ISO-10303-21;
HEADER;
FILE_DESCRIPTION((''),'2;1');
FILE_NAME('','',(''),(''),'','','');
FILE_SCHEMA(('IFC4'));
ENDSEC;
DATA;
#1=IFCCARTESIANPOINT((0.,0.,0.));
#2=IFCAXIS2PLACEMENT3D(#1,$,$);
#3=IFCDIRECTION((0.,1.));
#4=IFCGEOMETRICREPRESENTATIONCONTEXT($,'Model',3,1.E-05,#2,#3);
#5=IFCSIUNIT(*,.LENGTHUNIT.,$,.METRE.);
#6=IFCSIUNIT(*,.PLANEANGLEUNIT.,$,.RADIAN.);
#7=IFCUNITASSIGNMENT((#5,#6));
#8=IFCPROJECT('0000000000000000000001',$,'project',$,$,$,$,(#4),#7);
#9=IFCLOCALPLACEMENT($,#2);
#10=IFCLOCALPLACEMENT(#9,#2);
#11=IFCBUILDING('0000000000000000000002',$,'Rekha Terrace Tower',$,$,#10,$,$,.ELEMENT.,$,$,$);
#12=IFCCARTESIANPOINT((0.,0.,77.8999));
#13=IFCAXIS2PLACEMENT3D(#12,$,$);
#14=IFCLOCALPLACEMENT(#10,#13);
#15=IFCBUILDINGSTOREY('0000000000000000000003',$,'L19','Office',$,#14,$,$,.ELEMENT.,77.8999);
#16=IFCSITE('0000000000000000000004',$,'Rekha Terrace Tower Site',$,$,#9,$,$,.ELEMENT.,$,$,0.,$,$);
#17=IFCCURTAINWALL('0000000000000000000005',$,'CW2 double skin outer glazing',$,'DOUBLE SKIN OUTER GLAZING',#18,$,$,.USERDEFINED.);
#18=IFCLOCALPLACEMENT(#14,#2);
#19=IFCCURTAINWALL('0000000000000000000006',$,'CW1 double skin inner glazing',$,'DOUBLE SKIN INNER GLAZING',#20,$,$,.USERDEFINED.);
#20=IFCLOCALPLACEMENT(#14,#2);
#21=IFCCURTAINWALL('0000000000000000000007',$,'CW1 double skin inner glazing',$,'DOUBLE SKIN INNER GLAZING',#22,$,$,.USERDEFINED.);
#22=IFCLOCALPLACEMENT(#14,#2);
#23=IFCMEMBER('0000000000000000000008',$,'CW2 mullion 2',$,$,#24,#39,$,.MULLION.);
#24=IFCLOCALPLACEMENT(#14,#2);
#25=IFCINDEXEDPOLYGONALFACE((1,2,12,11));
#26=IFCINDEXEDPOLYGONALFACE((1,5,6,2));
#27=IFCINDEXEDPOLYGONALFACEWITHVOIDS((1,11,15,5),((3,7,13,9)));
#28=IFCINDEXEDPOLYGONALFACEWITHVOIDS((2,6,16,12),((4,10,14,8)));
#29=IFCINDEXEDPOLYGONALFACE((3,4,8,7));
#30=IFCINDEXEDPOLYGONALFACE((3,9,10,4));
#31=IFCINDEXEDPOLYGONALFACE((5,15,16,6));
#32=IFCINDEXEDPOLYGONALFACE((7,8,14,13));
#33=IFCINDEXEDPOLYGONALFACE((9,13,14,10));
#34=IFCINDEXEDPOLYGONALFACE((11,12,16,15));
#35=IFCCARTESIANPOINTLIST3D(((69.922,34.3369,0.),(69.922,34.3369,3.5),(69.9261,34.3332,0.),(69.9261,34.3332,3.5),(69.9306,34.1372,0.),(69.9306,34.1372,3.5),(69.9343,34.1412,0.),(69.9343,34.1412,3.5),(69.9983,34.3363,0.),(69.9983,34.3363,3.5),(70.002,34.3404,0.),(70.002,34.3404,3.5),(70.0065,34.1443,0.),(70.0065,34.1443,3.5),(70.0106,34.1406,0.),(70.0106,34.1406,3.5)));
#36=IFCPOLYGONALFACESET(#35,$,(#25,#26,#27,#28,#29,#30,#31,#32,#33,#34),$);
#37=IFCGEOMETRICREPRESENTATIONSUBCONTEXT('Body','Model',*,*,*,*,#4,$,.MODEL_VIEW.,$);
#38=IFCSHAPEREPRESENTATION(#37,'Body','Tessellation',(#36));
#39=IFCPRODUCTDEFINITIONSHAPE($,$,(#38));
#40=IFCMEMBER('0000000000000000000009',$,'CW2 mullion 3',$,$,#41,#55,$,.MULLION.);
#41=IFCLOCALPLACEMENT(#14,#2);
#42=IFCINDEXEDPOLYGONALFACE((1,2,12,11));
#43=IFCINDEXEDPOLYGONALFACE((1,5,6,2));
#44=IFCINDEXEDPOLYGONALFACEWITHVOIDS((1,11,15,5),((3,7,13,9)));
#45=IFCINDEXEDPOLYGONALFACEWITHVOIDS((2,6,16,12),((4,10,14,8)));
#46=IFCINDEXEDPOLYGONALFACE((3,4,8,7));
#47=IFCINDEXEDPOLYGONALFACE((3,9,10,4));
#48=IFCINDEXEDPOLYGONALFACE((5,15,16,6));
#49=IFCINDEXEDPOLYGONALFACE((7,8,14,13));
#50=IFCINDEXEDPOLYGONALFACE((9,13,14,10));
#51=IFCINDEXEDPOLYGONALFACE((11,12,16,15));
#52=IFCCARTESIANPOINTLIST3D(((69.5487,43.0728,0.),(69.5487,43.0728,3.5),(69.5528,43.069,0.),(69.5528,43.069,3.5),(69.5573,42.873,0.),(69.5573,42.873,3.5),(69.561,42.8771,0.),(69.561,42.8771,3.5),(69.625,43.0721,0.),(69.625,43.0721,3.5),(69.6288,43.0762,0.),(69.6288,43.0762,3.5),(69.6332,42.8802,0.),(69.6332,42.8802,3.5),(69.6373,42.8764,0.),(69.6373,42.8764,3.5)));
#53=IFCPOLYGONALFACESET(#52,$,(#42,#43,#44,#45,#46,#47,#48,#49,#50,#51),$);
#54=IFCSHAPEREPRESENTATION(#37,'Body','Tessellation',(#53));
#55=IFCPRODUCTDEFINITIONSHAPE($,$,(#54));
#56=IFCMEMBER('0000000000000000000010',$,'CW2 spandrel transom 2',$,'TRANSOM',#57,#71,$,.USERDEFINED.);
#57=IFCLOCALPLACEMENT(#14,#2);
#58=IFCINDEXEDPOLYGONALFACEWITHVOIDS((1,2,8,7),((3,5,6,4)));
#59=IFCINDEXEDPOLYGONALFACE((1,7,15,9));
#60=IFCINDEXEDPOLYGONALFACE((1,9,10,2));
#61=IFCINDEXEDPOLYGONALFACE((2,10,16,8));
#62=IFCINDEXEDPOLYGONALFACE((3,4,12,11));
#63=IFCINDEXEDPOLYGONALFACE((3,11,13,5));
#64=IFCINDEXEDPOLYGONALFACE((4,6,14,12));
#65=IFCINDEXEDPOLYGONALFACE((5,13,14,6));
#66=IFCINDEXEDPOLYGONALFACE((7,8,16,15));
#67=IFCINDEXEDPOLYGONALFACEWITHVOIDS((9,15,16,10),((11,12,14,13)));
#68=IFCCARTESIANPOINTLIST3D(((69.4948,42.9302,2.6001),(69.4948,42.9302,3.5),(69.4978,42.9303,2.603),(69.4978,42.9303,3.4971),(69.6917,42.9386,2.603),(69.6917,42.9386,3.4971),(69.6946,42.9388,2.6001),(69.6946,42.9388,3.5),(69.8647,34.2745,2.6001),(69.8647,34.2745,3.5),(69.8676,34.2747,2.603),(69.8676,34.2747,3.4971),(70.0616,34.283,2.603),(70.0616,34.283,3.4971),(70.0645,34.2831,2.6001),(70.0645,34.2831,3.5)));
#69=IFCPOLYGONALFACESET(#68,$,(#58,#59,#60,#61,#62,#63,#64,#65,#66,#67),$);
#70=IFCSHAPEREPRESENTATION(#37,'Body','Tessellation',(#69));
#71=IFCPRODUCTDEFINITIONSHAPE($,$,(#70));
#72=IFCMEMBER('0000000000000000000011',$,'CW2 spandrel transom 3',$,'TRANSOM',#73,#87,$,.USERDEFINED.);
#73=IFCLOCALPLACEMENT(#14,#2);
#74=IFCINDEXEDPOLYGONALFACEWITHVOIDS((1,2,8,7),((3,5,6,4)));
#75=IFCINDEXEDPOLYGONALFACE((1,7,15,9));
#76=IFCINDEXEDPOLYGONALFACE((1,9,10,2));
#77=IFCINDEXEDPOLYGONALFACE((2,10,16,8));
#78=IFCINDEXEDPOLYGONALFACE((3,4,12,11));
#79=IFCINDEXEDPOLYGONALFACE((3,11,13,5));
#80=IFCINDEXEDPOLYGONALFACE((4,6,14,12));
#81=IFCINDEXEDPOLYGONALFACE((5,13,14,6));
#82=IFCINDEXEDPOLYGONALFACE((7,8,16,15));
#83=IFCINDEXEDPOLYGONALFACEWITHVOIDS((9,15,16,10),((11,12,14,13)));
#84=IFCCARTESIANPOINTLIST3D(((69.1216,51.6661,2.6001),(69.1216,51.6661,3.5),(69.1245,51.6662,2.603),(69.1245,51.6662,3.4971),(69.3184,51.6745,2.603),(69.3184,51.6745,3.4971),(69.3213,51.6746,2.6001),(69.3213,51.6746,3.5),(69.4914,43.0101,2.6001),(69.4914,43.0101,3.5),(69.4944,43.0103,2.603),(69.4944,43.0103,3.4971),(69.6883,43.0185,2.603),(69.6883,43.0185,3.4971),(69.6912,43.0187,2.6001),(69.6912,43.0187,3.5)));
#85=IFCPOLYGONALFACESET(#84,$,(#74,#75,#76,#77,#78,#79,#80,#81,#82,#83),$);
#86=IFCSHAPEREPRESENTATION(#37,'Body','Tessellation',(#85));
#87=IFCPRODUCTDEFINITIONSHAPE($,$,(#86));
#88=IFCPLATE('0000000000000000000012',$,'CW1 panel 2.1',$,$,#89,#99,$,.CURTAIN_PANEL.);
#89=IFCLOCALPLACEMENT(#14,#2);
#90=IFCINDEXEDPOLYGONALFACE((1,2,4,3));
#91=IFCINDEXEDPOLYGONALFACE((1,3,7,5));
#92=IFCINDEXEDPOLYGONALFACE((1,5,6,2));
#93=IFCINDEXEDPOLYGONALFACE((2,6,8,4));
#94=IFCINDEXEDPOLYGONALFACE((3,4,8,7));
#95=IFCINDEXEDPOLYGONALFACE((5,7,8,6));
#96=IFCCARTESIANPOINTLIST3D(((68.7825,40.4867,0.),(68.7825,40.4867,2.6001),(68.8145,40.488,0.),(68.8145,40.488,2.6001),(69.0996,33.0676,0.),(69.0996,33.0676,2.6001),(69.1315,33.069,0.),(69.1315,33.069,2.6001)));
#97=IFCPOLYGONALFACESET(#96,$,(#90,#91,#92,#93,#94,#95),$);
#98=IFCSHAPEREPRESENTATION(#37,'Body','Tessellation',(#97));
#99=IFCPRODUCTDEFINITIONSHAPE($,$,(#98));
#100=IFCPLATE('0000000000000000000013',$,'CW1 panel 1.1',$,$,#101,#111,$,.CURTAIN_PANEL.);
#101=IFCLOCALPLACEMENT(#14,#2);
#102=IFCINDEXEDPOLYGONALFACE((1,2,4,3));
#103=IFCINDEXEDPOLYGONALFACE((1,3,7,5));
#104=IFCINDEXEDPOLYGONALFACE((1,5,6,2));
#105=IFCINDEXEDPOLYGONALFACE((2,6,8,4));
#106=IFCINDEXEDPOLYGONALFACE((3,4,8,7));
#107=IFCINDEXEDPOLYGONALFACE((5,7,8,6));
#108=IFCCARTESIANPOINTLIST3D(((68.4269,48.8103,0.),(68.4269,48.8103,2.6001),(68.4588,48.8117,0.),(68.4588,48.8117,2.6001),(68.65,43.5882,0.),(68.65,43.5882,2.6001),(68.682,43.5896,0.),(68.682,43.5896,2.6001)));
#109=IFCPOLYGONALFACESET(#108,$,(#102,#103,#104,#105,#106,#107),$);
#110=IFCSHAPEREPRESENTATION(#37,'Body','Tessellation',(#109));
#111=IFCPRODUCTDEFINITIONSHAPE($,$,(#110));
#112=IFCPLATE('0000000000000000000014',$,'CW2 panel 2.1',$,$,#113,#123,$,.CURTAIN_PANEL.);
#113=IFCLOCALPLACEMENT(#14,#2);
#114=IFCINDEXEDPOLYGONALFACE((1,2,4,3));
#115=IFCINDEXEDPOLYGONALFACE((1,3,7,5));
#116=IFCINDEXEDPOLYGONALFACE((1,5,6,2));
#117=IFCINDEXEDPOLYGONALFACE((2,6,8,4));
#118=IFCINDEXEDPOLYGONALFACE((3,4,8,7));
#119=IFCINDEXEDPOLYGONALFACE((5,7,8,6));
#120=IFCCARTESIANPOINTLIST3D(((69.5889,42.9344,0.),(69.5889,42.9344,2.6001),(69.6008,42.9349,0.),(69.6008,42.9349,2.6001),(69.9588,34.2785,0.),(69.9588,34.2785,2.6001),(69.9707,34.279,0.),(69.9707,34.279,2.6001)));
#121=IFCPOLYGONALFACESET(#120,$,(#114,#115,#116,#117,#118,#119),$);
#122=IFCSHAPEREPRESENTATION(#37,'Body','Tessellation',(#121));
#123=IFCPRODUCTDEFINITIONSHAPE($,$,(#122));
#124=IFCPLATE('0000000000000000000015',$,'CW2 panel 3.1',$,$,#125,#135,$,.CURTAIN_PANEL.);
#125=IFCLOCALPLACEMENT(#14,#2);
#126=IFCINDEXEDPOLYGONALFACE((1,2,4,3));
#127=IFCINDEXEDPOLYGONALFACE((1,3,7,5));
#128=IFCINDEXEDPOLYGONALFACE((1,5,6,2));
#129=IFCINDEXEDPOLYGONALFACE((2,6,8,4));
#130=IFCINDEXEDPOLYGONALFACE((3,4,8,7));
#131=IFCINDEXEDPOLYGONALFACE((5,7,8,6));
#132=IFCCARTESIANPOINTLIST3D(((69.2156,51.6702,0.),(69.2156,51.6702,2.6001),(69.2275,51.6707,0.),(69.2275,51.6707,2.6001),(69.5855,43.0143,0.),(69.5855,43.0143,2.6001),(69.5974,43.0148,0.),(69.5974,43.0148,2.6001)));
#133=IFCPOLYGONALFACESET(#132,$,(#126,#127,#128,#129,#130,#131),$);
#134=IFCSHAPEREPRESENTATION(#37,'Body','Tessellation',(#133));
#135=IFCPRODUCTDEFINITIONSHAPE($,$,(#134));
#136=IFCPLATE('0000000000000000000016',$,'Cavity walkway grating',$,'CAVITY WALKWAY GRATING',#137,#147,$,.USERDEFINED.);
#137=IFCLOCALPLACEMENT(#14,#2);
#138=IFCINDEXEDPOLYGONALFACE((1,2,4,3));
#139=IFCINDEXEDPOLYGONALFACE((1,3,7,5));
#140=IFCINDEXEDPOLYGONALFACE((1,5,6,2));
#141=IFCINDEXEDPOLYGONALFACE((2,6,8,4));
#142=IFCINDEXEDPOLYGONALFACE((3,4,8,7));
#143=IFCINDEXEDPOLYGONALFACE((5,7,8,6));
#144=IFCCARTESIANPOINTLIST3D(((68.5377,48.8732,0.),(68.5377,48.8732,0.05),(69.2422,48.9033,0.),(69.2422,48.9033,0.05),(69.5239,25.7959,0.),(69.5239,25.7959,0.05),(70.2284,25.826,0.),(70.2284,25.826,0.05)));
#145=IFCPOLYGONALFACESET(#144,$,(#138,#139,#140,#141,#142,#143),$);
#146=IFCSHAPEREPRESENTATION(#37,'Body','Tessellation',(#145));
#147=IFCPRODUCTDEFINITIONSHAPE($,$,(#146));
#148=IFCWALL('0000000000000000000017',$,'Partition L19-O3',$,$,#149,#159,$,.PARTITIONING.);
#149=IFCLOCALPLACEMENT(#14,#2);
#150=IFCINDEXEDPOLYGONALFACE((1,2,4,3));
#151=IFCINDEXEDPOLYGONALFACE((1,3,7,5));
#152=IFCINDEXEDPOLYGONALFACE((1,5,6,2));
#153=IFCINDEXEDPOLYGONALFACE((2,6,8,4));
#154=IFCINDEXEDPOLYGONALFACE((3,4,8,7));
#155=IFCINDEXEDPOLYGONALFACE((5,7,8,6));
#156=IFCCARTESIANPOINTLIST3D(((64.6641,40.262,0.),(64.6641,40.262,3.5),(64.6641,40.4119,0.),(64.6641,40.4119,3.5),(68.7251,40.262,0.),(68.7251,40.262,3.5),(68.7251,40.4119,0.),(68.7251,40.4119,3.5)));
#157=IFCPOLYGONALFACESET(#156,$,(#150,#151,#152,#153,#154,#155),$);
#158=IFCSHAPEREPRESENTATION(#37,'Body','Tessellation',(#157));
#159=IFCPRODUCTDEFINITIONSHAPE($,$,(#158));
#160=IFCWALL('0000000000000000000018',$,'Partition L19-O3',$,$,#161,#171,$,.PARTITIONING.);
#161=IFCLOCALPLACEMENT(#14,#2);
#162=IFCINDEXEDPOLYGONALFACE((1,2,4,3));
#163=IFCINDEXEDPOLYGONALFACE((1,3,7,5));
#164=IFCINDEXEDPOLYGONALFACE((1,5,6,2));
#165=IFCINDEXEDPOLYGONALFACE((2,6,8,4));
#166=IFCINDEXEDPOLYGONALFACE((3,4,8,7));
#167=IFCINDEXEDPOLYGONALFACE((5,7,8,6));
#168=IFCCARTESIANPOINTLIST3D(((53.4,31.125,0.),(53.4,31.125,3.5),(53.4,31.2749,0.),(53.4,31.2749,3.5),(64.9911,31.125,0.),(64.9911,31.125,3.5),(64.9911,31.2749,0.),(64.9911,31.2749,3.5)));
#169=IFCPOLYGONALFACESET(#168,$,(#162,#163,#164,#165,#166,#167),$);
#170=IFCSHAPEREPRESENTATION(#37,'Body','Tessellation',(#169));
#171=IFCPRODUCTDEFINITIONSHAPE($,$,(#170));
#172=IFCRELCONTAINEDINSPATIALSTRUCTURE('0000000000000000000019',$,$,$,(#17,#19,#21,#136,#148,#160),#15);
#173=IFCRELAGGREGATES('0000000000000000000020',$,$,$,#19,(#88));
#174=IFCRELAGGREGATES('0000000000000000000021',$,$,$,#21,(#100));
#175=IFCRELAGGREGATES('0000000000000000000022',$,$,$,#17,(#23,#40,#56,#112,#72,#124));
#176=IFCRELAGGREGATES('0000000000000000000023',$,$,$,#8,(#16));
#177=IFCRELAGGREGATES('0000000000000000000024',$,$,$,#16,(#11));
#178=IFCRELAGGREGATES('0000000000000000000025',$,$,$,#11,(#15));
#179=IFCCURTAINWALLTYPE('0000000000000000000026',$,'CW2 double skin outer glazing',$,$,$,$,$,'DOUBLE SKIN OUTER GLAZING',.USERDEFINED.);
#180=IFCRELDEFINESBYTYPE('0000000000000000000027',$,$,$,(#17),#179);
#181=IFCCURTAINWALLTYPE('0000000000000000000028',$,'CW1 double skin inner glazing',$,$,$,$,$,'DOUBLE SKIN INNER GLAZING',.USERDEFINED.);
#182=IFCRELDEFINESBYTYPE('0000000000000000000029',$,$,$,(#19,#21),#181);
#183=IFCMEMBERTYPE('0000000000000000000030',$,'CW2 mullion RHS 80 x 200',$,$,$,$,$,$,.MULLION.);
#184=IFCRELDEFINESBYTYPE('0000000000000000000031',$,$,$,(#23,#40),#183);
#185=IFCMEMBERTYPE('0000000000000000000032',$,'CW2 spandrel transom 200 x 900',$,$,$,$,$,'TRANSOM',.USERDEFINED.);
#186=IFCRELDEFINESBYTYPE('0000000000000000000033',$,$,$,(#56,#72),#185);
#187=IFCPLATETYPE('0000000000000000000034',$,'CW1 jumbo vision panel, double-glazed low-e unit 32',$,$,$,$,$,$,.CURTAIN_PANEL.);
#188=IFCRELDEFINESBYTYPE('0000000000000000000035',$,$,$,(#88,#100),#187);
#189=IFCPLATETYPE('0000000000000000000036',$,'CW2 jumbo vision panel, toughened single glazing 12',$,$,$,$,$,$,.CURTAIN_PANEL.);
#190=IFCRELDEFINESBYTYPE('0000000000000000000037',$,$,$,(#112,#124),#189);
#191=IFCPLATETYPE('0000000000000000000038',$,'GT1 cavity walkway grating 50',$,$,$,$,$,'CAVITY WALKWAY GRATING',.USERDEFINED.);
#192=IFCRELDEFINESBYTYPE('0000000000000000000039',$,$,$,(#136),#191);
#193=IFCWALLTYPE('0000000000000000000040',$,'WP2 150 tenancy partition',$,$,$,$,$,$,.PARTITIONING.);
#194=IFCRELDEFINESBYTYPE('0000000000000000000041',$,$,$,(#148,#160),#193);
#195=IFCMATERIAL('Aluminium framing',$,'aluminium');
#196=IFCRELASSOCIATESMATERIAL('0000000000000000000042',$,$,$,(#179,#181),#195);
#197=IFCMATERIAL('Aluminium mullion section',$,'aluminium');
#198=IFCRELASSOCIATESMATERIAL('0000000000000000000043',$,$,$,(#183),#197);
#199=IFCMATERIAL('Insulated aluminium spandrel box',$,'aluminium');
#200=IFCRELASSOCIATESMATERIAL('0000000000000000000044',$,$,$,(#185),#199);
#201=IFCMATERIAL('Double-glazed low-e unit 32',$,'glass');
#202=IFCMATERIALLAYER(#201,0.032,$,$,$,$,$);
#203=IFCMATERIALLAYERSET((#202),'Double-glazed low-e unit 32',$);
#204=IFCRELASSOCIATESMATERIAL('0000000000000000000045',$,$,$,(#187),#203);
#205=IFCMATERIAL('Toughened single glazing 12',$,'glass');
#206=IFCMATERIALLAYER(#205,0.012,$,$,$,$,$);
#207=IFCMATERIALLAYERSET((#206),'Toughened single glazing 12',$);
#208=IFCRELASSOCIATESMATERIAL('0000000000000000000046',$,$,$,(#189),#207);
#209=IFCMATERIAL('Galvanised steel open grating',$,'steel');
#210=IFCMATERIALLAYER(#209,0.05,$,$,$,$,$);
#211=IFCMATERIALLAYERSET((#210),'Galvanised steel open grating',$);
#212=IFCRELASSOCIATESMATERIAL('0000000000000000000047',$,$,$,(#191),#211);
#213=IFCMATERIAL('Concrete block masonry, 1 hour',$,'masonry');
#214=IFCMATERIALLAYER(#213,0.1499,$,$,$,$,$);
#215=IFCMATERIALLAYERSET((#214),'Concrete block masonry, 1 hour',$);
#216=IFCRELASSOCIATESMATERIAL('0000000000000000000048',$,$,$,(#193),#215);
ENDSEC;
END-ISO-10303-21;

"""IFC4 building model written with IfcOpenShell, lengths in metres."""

from ifc_helpers import new_model, si_unit, direction, frame, frame_2d, origin, origin_2d, place, context, subcontext, project, spatial, rectangle, hollow_rectangle, extrude, material, layer, layer_set, material_profile, profile_set, type_object, element, aggregate, save


model = new_model("IFC4")

# Units and contexts
model_context = context("Model", 3, precision=1e-05, world=origin(), true_north=direction((0.0, 1.0)))
body_context = subcontext(model_context, "Body", "Model", "MODEL_VIEW")
ifc_project = project(units=[si_unit("LENGTHUNIT", "METRE"), si_unit("PLANEANGLEUNIT", "RADIAN")], contexts=[model_context])

# Site, building, storey
site_placement = place(None, origin())
site = spatial("IfcSite", under=ifc_project, at=site_placement, Name="Rekha Terrace Tower Site", CompositionType="ELEMENT", RefElevation=0.0)
building_placement = place(site_placement, origin())
building = spatial("IfcBuilding", under=site, at=building_placement, Name="Rekha Terrace Tower", CompositionType="ELEMENT")
storey_placement = place(building_placement, frame((0.0, 0.0, 77.8999)))
storey = spatial("IfcBuildingStorey", under=building, at=storey_placement, Name="L19", Description="Office", CompositionType="ELEMENT", Elevation=77.8999)

# Curtain walls
ifc_material_1 = material(Name="Aluminium framing", Category="aluminium")
curtain_wall_type_1 = type_object("IfcCurtainWallType", Name="CW2 double skin outer glazing", ElementType="DOUBLE SKIN OUTER GLAZING", PredefinedType="USERDEFINED", material=ifc_material_1)
curtain_wall_1_placement = place(storey_placement, origin())
curtain_wall_1 = element("IfcCurtainWall", 1, at=curtain_wall_1_placement, inside=storey, type_object=curtain_wall_type_1, Name="CW2 double skin outer glazing", ObjectType="DOUBLE SKIN OUTER GLAZING", PredefinedType="USERDEFINED")
curtain_wall_type_2 = type_object("IfcCurtainWallType", Name="CW1 double skin inner glazing", ElementType="DOUBLE SKIN INNER GLAZING", PredefinedType="USERDEFINED", material=ifc_material_1)
curtain_wall_2_placement = place(storey_placement, origin())
curtain_wall_2 = element("IfcCurtainWall", 2, at=curtain_wall_2_placement, inside=storey, type_object=curtain_wall_type_2, Name="CW1 double skin inner glazing", ObjectType="DOUBLE SKIN INNER GLAZING", PredefinedType="USERDEFINED")
ifc_material_2 = material(Name="Aluminium mullion section", Category="aluminium")
curtain_wall_3_placement = place(storey_placement, origin())
curtain_wall_3 = element("IfcCurtainWall", 3, at=curtain_wall_3_placement, inside=storey, type_object=curtain_wall_type_2, Name="CW1 double skin inner glazing", ObjectType="DOUBLE SKIN INNER GLAZING", PredefinedType="USERDEFINED")

# Members
ifc_material_3 = material(Name="Insulated aluminium spandrel box", Category="aluminium")
ifc_material_profile_1 = material_profile(ifc_material_2, hollow_rectangle(XDim=0.0801, YDim=0.2, WallThickness=0.0039, at=origin_2d()), Name="AL RHS 80x200")
ifc_profile_set_1 = profile_set([ifc_material_profile_1], Name="Aluminium mullion section")
member_type_1 = type_object("IfcMemberType", Name="CW2 mullion RHS 80 x 200", PredefinedType="MULLION", material=ifc_profile_set_1)
member_1_placement = place(storey_placement, frame((69.9663, 34.2388, 0.0), z_axis=(0.0, 0.0, 1.0), x_axis=(-0.999088, -0.042696, 0.0)))
member_1 = element("IfcMember", 4, at=member_1_placement, type_object=member_type_1, Name="CW2 mullion 2", PredefinedType="MULLION", context=body_context, shape_type="SweptSolid", body=[
    extrude(hollow_rectangle(XDim=0.0801, YDim=0.2, WallThickness=0.0039, at=origin_2d()), origin(), (0.0, 0.0, 1.0), 3.5),
])
member_2_placement = place(storey_placement, frame((69.593, 42.9746, 0.0), z_axis=(0.0, 0.0, 1.0), x_axis=(-0.999088, -0.042696, 0.0)))
member_2 = element("IfcMember", 5, at=member_2_placement, type_object=member_type_1, Name="CW2 mullion 3", PredefinedType="MULLION", context=body_context, shape_type="SweptSolid", body=[
    extrude(hollow_rectangle(XDim=0.0801, YDim=0.2, WallThickness=0.0039, at=origin_2d()), origin(), (0.0, 0.0, 1.0), 3.5),
])
ifc_material_profile_2 = material_profile(ifc_material_3, hollow_rectangle(XDim=0.2, YDim=0.8999, WallThickness=0.0029, at=origin_2d()), Name="AL SPANDREL BOX 200x900")
ifc_profile_set_2 = profile_set([ifc_material_profile_2], Name="Insulated aluminium spandrel box")
member_type_2 = type_object("IfcMemberType", Name="CW2 spandrel transom 200 x 900", ElementType="TRANSOM", PredefinedType="USERDEFINED", material=ifc_profile_set_2)
member_3_placement = place(storey_placement, frame((69.9646, 34.2788, 3.05), z_axis=(-0.042692, 0.999088, 0.0), x_axis=(-0.999088, -0.042692, 0.0)))
member_3 = element("IfcMember", 6, at=member_3_placement, type_object=member_type_2, Name="CW2 spandrel transom 2", ObjectType="TRANSOM", PredefinedType="USERDEFINED", context=body_context, shape_type="SweptSolid", body=[
    extrude(hollow_rectangle(XDim=0.2, YDim=0.8999, WallThickness=0.0029, at=origin_2d()), origin(), (0.0, 0.0, 1.0), 8.6636),
])
member_4_placement = place(storey_placement, frame((69.5913, 43.0144, 3.05), z_axis=(-0.042691, 0.999088, 0.0), x_axis=(-0.999088, -0.042691, 0.0)))
member_4 = element("IfcMember", 7, at=member_4_placement, type_object=member_type_2, Name="CW2 spandrel transom 3", ObjectType="TRANSOM", PredefinedType="USERDEFINED", context=body_context, shape_type="SweptSolid", body=[
    extrude(hollow_rectangle(XDim=0.2, YDim=0.8999, WallThickness=0.0029, at=origin_2d()), origin(), (0.0, 0.0, 1.0), 8.6638),
])

# Plates
ifc_material_4 = material(Name="Double-glazed low-e unit 32", Category="glass")
ifc_layer_1 = layer(ifc_material_4, 0.032)
ifc_layer_set_1 = layer_set([ifc_layer_1], Name="Double-glazed low-e unit 32")
plate_type_1 = type_object("IfcPlateType", Name="CW1 jumbo vision panel, double-glazed low-e unit 32", PredefinedType="CURTAIN_PANEL", material=ifc_layer_set_1)
plate_1_placement = place(storey_placement, frame((68.957, 36.7778, 0.0), z_axis=(0.0, 0.0, 1.0), x_axis=(-0.042696, 0.999088, 0.0)))
plate_1 = element("IfcPlate", 8, at=plate_1_placement, type_object=plate_type_1, Name="CW1 panel 2.1", PredefinedType="CURTAIN_PANEL", context=body_context, shape_type="SweptSolid", body=[
    extrude(rectangle(XDim=7.4258, YDim=0.032, at=origin_2d()), origin(), (0.0, 0.0, 1.0), 2.6001),
])
aggregate(curtain_wall_2, [plate_1])
plate_2_placement = place(storey_placement, frame((68.5544, 46.2, 0.0), z_axis=(0.0, 0.0, 1.0), x_axis=(-0.042696, 0.999088, 0.0)))
plate_2 = element("IfcPlate", 9, at=plate_2_placement, type_object=plate_type_1, Name="CW1 panel 1.1", PredefinedType="CURTAIN_PANEL", context=body_context, shape_type="SweptSolid", body=[
    extrude(rectangle(XDim=5.2268, YDim=0.032, at=origin_2d()), origin(), (0.0, 0.0, 1.0), 2.6001),
])
aggregate(curtain_wall_3, [plate_2])
ifc_material_5 = material(Name="Toughened single glazing 12", Category="glass")
ifc_layer_2 = layer(ifc_material_5, 0.012)
ifc_layer_set_2 = layer_set([ifc_layer_2], Name="Toughened single glazing 12")
plate_type_2 = type_object("IfcPlateType", Name="CW2 jumbo vision panel, toughened single glazing 12", PredefinedType="CURTAIN_PANEL", material=ifc_layer_set_2)
plate_3_placement = place(storey_placement, frame((69.7798, 38.6067, 0.0), z_axis=(0.0, 0.0, 1.0), x_axis=(-0.042696, 0.999088, 0.0)))
plate_3 = element("IfcPlate", 10, at=plate_3_placement, type_object=plate_type_2, Name="CW2 panel 2.1", PredefinedType="CURTAIN_PANEL", context=body_context, shape_type="SweptSolid", body=[
    extrude(rectangle(XDim=8.6638, YDim=0.012, at=origin_2d()), origin(), (0.0, 0.0, 1.0), 2.6001),
])
plate_4_placement = place(storey_placement, frame((69.4065, 47.3425, 0.0), z_axis=(0.0, 0.0, 1.0), x_axis=(-0.042696, 0.999088, 0.0)))
plate_4 = element("IfcPlate", 11, at=plate_4_placement, type_object=plate_type_2, Name="CW2 panel 3.1", PredefinedType="CURTAIN_PANEL", context=body_context, shape_type="SweptSolid", body=[
    extrude(rectangle(XDim=8.6638, YDim=0.012, at=origin_2d()), origin(), (0.0, 0.0, 1.0), 2.6001),
])
aggregate(curtain_wall_1, [member_1, member_2, member_3, plate_3, member_4, plate_4])
ifc_material_6 = material(Name="Galvanised steel open grating", Category="steel")
ifc_layer_3 = layer(ifc_material_6, 0.05)
ifc_layer_set_3 = layer_set([ifc_layer_3], Name="Galvanised steel open grating")
plate_type_3 = type_object("IfcPlateType", Name="GT1 cavity walkway grating 50", ElementType="CAVITY WALKWAY GRATING", PredefinedType="USERDEFINED", material=ifc_layer_set_3)
plate_5_placement = place(storey_placement, frame((69.3831, 37.3496, 0.0), z_axis=(0.0, 0.0, 1.0), x_axis=(-0.042696, 0.999088, 0.0)))
element("IfcPlate", 12, at=plate_5_placement, inside=storey, type_object=plate_type_3, Name="Cavity walkway grating", ObjectType="CAVITY WALKWAY GRATING", PredefinedType="USERDEFINED", context=body_context, shape_type="SweptSolid", body=[
    extrude(rectangle(XDim=23.0984, YDim=0.7051, at=origin_2d()), origin(), (0.0, 0.0, 1.0), 0.05),
])

# Walls
ifc_material_7 = material(Name="Concrete block masonry, 1 hour", Category="masonry")
ifc_layer_4 = layer(ifc_material_7, 0.1499)
ifc_layer_set_4 = layer_set([ifc_layer_4], Name="Concrete block masonry, 1 hour")
wall_type_1 = type_object("IfcWallType", Name="WP2 150 tenancy partition", PredefinedType="PARTITIONING", material=ifc_layer_set_4)
wall_1_placement = place(storey_placement, frame((64.6641, 40.3369, 0.0), z_axis=(0.0, 0.0, 1.0), x_axis=(1.0, 0.0, 0.0)))
element("IfcWall", 13, at=wall_1_placement, inside=storey, type_object=wall_type_1, Name="Partition L19-O3", PredefinedType="PARTITIONING", context=body_context, shape_type="SweptSolid", body=[
    extrude(rectangle(XDim=4.061, YDim=0.1499, at=frame_2d((2.0305, 0.0))), origin(), (0.0, 0.0, 1.0), 3.5),
])
wall_2_placement = place(storey_placement, frame((64.991, 31.2, 0.0), z_axis=(0.0, 0.0, 1.0), x_axis=(-1.0, 0.0, 0.0)))
element("IfcWall", 14, at=wall_2_placement, inside=storey, type_object=wall_type_1, Name="Partition L19-O3", PredefinedType="PARTITIONING", context=body_context, shape_type="SweptSolid", body=[
    extrude(rectangle(XDim=11.5911, YDim=0.1499, at=frame_2d((5.7954, 0.0))), origin(), (0.0, 0.0, 1.0), 3.5),
])

save(model, "model.ifc")
